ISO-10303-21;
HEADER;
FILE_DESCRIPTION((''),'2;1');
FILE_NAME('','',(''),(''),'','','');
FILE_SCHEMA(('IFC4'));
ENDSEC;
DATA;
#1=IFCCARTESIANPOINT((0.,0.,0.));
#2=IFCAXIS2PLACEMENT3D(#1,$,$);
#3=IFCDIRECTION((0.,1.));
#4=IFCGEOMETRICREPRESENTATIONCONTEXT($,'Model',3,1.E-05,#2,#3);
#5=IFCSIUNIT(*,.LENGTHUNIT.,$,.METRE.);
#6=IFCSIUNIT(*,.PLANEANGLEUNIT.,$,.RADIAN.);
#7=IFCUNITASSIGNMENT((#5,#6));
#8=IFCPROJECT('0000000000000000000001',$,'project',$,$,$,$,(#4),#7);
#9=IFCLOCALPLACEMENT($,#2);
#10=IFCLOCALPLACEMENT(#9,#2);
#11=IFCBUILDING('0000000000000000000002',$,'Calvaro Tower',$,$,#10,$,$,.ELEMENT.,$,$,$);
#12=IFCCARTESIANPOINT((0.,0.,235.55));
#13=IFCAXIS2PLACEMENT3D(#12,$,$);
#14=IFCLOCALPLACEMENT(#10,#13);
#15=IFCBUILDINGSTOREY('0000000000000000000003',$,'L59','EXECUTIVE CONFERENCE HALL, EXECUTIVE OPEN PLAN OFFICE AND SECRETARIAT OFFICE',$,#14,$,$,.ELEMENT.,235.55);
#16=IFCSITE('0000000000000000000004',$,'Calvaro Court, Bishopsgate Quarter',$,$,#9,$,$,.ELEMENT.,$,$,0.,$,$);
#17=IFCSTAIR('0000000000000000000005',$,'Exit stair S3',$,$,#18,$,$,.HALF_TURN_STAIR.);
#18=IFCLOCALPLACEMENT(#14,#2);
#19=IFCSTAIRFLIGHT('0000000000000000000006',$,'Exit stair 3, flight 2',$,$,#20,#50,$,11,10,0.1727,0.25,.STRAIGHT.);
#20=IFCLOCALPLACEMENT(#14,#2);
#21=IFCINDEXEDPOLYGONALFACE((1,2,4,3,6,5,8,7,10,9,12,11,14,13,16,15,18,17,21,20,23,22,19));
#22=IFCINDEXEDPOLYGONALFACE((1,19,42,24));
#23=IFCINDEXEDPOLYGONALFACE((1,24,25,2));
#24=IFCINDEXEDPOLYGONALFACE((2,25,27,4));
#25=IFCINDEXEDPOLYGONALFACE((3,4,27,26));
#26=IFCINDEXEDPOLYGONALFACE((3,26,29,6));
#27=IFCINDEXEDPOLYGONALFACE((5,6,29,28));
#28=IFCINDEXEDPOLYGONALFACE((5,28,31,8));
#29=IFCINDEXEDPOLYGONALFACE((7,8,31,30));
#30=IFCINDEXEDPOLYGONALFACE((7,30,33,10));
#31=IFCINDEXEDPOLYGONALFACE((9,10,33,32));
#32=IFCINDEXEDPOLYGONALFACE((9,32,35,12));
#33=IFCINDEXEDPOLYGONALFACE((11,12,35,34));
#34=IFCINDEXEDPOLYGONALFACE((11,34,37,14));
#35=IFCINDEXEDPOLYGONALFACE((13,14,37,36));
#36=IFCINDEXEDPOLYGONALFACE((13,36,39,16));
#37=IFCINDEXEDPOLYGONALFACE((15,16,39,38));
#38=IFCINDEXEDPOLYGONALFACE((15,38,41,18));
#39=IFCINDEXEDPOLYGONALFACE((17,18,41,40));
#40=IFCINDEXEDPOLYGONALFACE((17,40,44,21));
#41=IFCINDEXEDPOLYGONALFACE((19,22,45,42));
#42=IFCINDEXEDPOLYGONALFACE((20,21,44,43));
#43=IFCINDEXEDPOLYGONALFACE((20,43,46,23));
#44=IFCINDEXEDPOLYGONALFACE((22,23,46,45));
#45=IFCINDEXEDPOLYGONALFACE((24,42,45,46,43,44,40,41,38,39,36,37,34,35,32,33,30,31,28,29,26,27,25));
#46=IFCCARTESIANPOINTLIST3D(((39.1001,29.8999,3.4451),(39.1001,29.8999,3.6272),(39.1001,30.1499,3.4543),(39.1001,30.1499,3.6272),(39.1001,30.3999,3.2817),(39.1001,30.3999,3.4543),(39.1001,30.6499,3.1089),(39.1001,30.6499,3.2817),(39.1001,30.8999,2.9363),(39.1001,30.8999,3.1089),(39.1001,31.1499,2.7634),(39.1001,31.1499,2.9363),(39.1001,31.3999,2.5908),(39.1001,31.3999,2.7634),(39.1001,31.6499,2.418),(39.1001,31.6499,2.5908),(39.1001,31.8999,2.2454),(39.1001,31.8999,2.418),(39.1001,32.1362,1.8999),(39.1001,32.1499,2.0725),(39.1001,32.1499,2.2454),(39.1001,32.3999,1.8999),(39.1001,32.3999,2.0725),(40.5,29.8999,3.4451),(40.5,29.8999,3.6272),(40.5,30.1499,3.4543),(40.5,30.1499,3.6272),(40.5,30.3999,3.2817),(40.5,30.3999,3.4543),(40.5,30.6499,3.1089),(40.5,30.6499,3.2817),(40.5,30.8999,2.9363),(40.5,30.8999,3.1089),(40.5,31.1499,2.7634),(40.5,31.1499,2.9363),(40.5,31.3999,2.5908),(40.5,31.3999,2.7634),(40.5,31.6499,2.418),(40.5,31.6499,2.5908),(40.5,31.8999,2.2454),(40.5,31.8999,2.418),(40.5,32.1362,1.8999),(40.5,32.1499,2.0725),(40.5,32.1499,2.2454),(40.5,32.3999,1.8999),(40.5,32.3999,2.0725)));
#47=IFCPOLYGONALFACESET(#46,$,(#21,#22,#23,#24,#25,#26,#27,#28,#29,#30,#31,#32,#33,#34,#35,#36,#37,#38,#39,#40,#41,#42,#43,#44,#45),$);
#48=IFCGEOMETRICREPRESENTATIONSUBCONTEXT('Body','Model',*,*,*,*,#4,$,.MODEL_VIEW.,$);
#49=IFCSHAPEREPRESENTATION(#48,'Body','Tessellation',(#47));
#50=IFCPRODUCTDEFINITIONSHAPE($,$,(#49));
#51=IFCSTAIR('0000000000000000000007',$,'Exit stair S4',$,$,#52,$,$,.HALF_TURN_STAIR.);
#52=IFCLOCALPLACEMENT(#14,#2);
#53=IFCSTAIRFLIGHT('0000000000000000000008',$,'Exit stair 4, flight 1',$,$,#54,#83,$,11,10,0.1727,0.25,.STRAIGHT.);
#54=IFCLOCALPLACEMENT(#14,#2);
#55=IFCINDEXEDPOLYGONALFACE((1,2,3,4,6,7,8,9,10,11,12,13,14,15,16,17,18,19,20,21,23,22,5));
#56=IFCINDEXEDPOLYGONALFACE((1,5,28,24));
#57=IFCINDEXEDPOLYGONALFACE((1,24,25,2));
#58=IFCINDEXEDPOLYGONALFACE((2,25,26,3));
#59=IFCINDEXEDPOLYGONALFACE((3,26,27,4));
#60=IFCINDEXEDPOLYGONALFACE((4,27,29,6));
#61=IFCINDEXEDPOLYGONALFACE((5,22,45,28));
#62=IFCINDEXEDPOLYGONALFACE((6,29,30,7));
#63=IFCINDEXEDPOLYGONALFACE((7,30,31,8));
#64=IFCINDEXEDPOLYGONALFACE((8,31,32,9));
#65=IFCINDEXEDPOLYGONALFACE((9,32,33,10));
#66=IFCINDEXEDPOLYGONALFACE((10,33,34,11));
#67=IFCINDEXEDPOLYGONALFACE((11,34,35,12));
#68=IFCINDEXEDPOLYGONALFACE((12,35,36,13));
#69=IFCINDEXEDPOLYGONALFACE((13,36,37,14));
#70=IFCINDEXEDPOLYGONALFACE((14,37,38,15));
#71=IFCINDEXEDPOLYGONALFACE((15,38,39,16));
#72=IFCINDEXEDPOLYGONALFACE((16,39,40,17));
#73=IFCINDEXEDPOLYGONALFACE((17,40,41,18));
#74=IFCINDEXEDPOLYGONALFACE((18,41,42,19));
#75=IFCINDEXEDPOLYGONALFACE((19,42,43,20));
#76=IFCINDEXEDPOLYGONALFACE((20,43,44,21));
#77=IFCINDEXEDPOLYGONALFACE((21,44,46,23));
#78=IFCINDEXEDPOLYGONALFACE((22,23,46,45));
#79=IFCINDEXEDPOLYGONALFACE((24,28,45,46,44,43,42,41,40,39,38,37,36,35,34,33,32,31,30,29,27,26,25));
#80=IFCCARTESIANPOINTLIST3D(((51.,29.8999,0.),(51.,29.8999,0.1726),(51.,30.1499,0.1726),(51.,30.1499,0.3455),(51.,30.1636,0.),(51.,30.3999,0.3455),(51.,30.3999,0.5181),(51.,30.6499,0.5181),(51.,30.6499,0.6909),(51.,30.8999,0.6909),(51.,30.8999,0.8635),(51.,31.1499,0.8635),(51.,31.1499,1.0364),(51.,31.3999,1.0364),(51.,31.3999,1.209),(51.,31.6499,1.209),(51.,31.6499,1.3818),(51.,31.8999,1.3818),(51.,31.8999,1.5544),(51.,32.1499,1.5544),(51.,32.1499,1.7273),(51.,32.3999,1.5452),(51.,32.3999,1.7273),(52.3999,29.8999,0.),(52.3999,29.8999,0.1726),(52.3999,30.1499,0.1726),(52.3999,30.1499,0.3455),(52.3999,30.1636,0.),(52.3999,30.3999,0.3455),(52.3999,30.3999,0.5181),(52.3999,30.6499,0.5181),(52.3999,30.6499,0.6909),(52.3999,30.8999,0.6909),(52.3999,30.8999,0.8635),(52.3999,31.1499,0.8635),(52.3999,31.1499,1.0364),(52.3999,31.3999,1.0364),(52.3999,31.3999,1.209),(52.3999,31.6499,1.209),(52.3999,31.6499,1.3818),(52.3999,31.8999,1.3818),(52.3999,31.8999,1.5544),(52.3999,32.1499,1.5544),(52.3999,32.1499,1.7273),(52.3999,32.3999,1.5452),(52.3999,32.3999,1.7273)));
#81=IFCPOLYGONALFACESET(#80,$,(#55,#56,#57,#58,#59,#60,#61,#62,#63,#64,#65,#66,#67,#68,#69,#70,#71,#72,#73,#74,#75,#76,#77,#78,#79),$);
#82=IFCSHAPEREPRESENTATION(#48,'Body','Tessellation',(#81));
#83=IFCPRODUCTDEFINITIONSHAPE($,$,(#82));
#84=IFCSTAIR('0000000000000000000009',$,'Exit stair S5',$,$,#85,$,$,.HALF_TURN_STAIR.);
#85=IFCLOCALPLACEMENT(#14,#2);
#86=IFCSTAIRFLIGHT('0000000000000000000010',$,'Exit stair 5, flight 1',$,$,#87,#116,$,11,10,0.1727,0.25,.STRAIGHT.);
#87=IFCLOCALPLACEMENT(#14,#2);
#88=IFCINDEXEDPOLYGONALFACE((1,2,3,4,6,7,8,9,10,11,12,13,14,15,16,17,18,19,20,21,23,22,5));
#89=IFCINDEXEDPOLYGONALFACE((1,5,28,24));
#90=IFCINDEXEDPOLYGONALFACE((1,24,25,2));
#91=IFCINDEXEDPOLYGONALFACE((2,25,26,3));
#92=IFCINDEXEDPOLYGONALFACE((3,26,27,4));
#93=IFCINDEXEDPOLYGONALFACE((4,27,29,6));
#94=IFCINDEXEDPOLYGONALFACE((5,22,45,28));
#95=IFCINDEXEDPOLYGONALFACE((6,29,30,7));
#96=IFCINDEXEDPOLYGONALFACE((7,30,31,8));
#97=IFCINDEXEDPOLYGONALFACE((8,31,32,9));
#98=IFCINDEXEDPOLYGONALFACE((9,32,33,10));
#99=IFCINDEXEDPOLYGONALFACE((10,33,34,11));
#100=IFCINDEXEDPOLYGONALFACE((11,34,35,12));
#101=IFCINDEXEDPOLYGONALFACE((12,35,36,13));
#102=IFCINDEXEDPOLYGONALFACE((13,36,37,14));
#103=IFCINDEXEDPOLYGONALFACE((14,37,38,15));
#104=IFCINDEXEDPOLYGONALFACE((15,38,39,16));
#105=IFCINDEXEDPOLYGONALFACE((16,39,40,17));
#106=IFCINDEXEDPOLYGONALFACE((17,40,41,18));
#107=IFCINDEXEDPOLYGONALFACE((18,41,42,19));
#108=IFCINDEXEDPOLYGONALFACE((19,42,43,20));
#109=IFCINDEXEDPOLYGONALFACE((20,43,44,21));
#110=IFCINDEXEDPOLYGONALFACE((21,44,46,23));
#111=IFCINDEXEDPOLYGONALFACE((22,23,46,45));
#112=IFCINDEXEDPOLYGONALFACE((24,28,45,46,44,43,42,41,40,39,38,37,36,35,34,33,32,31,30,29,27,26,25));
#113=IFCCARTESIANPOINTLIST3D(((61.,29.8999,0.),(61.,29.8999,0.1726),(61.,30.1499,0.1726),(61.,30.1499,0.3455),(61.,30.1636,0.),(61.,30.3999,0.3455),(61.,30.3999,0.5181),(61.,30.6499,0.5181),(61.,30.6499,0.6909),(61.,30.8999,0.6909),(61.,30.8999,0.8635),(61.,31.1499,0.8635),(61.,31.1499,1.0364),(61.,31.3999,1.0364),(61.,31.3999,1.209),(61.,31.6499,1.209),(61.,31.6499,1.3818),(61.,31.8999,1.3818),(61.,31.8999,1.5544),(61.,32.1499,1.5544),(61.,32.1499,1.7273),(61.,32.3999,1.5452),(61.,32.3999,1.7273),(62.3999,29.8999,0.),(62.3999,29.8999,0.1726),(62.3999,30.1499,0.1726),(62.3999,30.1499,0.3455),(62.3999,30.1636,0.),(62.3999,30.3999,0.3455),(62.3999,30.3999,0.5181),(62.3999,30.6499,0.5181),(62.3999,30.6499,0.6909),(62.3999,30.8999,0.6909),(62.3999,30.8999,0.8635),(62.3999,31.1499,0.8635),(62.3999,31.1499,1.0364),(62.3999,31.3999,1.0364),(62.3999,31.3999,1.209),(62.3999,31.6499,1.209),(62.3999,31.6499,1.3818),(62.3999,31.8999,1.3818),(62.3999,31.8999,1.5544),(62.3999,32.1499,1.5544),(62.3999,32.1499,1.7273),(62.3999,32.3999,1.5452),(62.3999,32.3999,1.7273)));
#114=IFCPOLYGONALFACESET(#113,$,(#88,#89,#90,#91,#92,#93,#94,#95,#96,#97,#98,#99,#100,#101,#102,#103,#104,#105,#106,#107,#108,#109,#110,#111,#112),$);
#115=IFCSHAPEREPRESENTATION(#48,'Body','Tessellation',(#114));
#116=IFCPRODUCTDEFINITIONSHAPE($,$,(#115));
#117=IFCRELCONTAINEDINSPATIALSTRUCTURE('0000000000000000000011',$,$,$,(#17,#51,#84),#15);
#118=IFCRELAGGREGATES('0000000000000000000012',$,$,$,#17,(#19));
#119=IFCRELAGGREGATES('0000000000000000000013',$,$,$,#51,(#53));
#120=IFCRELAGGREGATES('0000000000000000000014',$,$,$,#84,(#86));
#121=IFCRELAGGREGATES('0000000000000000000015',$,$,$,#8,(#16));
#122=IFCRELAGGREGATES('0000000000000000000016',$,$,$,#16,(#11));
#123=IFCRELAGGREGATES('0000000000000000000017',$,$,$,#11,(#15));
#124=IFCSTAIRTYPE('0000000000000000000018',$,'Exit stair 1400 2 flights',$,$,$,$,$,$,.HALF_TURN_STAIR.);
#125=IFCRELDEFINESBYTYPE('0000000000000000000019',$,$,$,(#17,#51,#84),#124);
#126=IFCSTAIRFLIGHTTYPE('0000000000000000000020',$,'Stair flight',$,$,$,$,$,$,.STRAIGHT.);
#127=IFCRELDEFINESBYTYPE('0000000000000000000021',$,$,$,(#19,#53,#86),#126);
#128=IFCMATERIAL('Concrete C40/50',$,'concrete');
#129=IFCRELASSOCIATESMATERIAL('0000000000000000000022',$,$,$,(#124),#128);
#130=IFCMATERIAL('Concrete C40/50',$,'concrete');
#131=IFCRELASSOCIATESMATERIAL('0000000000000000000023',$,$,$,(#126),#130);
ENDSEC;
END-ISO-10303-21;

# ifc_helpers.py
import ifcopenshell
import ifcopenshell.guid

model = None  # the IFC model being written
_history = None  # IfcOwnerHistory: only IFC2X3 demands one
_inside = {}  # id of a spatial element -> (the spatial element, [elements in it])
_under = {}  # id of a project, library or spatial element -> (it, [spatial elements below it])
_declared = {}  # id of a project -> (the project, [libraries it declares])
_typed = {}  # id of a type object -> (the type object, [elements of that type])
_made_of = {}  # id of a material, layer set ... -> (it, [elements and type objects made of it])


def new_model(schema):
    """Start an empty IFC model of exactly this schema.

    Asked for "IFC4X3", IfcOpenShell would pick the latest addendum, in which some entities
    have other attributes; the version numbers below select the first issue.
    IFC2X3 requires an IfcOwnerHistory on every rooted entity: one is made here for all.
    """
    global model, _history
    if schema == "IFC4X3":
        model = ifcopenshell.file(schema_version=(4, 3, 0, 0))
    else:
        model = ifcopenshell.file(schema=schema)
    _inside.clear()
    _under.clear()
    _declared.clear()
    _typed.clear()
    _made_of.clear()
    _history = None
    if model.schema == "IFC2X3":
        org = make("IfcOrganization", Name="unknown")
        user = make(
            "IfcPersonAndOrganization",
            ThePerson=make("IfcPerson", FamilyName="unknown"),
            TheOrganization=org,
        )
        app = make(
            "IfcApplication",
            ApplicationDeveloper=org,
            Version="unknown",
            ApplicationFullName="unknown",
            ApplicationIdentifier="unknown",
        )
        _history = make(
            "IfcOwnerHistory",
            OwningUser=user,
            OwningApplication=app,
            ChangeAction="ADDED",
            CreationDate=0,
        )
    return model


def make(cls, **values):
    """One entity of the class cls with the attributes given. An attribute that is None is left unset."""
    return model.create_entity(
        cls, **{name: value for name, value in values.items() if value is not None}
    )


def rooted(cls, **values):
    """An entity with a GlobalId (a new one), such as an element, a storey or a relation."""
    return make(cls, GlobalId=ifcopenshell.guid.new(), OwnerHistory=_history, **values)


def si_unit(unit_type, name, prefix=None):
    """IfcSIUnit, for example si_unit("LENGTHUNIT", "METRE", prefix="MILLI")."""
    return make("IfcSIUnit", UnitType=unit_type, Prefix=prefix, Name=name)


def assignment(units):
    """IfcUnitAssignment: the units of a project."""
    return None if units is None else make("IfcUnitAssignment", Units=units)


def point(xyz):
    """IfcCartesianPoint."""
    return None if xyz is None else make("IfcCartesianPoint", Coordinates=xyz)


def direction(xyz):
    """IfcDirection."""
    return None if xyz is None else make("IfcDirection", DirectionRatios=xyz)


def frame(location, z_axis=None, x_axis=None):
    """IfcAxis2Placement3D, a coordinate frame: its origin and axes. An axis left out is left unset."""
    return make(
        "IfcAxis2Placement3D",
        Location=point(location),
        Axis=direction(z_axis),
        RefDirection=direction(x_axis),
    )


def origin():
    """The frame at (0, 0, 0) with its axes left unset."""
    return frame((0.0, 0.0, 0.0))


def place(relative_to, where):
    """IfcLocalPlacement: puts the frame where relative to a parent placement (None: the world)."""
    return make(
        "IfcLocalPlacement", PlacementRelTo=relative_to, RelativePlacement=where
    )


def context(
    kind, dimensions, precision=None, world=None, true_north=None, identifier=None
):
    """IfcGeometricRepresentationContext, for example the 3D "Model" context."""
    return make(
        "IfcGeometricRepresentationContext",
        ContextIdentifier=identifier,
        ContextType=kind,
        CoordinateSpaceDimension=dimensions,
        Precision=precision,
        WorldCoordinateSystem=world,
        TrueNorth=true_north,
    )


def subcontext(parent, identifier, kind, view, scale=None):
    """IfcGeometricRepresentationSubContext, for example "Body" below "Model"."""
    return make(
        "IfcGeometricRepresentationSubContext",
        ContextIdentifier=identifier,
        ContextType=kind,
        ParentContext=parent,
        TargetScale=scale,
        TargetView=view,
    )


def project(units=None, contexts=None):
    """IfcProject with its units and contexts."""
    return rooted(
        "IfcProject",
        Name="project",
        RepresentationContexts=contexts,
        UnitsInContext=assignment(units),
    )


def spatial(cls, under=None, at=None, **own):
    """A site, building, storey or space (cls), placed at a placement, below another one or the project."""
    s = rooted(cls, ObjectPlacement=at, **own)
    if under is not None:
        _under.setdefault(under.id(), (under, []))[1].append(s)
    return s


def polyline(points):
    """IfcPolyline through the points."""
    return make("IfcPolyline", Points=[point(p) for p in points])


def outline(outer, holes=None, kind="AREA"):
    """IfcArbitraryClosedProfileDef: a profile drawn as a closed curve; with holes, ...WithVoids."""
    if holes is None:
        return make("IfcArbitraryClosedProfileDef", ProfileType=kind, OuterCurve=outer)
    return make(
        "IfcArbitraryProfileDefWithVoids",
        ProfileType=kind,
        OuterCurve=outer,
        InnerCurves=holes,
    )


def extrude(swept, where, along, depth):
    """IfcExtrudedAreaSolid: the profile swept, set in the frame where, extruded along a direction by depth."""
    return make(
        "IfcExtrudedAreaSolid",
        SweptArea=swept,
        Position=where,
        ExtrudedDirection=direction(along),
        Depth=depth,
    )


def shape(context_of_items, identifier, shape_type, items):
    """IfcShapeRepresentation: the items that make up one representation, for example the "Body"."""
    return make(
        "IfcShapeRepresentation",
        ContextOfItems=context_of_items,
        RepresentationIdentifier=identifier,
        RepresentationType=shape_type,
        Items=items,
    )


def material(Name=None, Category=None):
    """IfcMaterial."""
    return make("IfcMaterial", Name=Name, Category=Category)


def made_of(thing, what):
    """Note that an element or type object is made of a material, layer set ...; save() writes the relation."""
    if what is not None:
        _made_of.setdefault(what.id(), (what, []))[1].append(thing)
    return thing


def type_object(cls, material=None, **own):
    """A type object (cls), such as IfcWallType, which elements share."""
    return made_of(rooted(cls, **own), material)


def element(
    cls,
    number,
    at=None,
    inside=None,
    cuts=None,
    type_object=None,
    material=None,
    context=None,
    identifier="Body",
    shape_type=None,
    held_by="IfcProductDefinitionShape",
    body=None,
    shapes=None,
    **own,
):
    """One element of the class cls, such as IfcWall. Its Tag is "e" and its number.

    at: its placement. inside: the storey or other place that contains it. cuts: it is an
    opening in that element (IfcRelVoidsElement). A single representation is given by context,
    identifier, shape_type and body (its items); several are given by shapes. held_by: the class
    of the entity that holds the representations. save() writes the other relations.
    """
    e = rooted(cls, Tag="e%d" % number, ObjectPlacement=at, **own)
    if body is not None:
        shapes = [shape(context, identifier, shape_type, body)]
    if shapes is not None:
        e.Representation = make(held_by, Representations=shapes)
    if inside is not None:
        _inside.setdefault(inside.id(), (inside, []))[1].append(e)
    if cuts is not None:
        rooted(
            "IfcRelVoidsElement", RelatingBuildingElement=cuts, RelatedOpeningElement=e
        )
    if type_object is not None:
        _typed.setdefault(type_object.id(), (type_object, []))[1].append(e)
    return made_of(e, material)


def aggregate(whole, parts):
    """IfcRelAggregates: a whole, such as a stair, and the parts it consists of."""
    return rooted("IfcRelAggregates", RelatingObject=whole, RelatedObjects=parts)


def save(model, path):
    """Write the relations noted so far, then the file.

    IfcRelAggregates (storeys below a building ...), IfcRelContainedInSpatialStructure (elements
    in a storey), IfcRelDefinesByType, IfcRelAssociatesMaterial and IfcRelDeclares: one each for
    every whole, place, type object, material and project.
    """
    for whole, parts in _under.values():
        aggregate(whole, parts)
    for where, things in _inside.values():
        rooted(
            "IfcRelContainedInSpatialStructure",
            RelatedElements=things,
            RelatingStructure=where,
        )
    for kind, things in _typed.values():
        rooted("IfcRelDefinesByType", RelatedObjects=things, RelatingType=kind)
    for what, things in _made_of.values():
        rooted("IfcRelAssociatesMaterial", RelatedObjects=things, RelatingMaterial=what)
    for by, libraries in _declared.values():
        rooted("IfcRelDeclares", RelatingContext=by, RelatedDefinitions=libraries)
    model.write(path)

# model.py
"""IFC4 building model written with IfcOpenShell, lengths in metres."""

from ifc_helpers import new_model, si_unit, direction, frame, origin, place, context, subcontext, project, spatial, polyline, outline, extrude, material, type_object, element, aggregate, save


model = new_model("IFC4")

# Units and contexts
model_context = context("Model", 3, precision=1e-05, world=origin(), true_north=direction((0.0, 1.0)))
body_context = subcontext(model_context, "Body", "Model", "MODEL_VIEW")
ifc_project = project(units=[si_unit("LENGTHUNIT", "METRE"), si_unit("PLANEANGLEUNIT", "RADIAN")], contexts=[model_context])

# Site, building, storey
site_placement = place(None, origin())
site = spatial("IfcSite", under=ifc_project, at=site_placement, Name="Calvaro Court, Bishopsgate Quarter", CompositionType="ELEMENT", RefElevation=0.0)
building_placement = place(site_placement, origin())
building = spatial("IfcBuilding", under=site, at=building_placement, Name="Calvaro Tower", CompositionType="ELEMENT")
storey_placement = place(building_placement, frame((0.0, 0.0, 235.55)))
storey = spatial("IfcBuildingStorey", under=building, at=storey_placement, Name="L59", Description="EXECUTIVE CONFERENCE HALL, EXECUTIVE OPEN PLAN OFFICE AND SECRETARIAT OFFICE", CompositionType="ELEMENT", Elevation=235.55)

# Stair, stair flight
ifc_material_1 = material(Name="Concrete C40/50", Category="concrete")
stair_type = type_object("IfcStairType", Name="Exit stair 1400 2 flights", PredefinedType="HALF_TURN_STAIR", material=ifc_material_1)
stair_1_placement = place(storey_placement, origin())
stair_1 = element("IfcStair", 1, at=stair_1_placement, inside=storey, type_object=stair_type, Name="Exit stair S3", PredefinedType="HALF_TURN_STAIR")
ifc_material_2 = material(Name="Concrete C40/50", Category="concrete")
stair_flight_type = type_object("IfcStairFlightType", Name="Stair flight", PredefinedType="STRAIGHT", material=ifc_material_2)
stair_flight_1_placement = place(storey_placement, frame((39.8, 32.3999, 1.8999), z_axis=(0.0, 0.0, 1.0), x_axis=(0.0, -1.0, 0.0)))
stair_flight_1 = element("IfcStairFlight", 2, at=stair_flight_1_placement, type_object=stair_flight_type, Name="Exit stair 3, flight 2", NumberOfRisers=11, NumberOfTreads=10, PredefinedType="STRAIGHT", RiserHeight=0.1727, TreadLength=0.25, context=body_context, shape_type="SweptSolid", body=[
    extrude(outline(polyline([(0.0, 0.0), (0.0, 0.1726), (0.25, 0.1726), (0.25, 0.3455), (0.5, 0.3455), (0.5, 0.5181), (0.75, 0.5181), (0.75, 0.6909), (1.0, 0.6909), (1.0, 0.8635), (1.25, 0.8635), (1.25, 1.0364), (1.5, 1.0364), (1.5, 1.209), (1.75, 1.209), (1.75, 1.3818), (2.0, 1.3818), (2.0, 1.5544), (2.25, 1.5544), (2.25, 1.7273), (2.5, 1.7273), (2.5, 1.8999), (2.5, 1.5452), (0.2637, 0.0), (0.0, 0.0)])), frame((0.0, 0.7, 0.0), z_axis=(0.0, -1.0, 0.0), x_axis=(1.0, 0.0, 0.0)), (0.0, 0.0, 1.0), 1.3999),
])

# Stairs, stair flights
stair_2_placement = place(storey_placement, origin())
stair_2 = element("IfcStair", 3, at=stair_2_placement, inside=storey, type_object=stair_type, Name="Exit stair S4", PredefinedType="HALF_TURN_STAIR")
stair_flight_2_placement = place(storey_placement, frame((51.7, 29.8999, 0.0), z_axis=(0.0, 0.0, 1.0), x_axis=(0.0, 1.0, 0.0)))
stair_flight_2 = element("IfcStairFlight", 4, at=stair_flight_2_placement, type_object=stair_flight_type, Name="Exit stair 4, flight 1", NumberOfRisers=11, NumberOfTreads=10, PredefinedType="STRAIGHT", RiserHeight=0.1727, TreadLength=0.25, context=body_context, shape_type="SweptSolid", body=[
    extrude(outline(polyline([(0.0, 0.0), (0.0, 0.1726), (0.25, 0.1726), (0.25, 0.3455), (0.5, 0.3455), (0.5, 0.5181), (0.75, 0.5181), (0.75, 0.6909), (1.0, 0.6909), (1.0, 0.8635), (1.25, 0.8635), (1.25, 1.0364), (1.5, 1.0364), (1.5, 1.209), (1.75, 1.209), (1.75, 1.3818), (2.0, 1.3818), (2.0, 1.5544), (2.25, 1.5544), (2.25, 1.7273), (2.5, 1.7273), (2.5, 1.8999), (2.5, 1.5452), (0.2637, 0.0), (0.0, 0.0)])), frame((0.0, 0.7, 0.0), z_axis=(0.0, -1.0, 0.0), x_axis=(1.0, 0.0, 0.0)), (0.0, 0.0, 1.0), 1.3999),
])
stair_3_placement = place(storey_placement, origin())
stair_3 = element("IfcStair", 5, at=stair_3_placement, inside=storey, type_object=stair_type, Name="Exit stair S5", PredefinedType="HALF_TURN_STAIR")
stair_flight_3_placement = place(storey_placement, frame((61.7, 29.8999, 0.0), z_axis=(0.0, 0.0, 1.0), x_axis=(0.0, 1.0, 0.0)))
stair_flight_3 = element("IfcStairFlight", 6, at=stair_flight_3_placement, type_object=stair_flight_type, Name="Exit stair 5, flight 1", NumberOfRisers=11, NumberOfTreads=10, PredefinedType="STRAIGHT", RiserHeight=0.1727, TreadLength=0.25, context=body_context, shape_type="SweptSolid", body=[
    extrude(outline(polyline([(0.0, 0.0), (0.0, 0.1726), (0.25, 0.1726), (0.25, 0.3455), (0.5, 0.3455), (0.5, 0.5181), (0.75, 0.5181), (0.75, 0.6909), (1.0, 0.6909), (1.0, 0.8635), (1.25, 0.8635), (1.25, 1.0364), (1.5, 1.0364), (1.5, 1.209), (1.75, 1.209), (1.75, 1.3818), (2.0, 1.3818), (2.0, 1.5544), (2.25, 1.5544), (2.25, 1.7273), (2.5, 1.7273), (2.5, 1.8999), (2.5, 1.5452), (0.2637, 0.0), (0.0, 0.0)])), frame((0.0, 0.7, 0.0), z_axis=(0.0, -1.0, 0.0), x_axis=(1.0, 0.0, 0.0)), (0.0, 0.0, 1.0), 1.3999),
])

aggregate(stair_1, [stair_flight_1])
aggregate(stair_2, [stair_flight_2])
aggregate(stair_3, [stair_flight_3])

save(model, "model.ifc")
